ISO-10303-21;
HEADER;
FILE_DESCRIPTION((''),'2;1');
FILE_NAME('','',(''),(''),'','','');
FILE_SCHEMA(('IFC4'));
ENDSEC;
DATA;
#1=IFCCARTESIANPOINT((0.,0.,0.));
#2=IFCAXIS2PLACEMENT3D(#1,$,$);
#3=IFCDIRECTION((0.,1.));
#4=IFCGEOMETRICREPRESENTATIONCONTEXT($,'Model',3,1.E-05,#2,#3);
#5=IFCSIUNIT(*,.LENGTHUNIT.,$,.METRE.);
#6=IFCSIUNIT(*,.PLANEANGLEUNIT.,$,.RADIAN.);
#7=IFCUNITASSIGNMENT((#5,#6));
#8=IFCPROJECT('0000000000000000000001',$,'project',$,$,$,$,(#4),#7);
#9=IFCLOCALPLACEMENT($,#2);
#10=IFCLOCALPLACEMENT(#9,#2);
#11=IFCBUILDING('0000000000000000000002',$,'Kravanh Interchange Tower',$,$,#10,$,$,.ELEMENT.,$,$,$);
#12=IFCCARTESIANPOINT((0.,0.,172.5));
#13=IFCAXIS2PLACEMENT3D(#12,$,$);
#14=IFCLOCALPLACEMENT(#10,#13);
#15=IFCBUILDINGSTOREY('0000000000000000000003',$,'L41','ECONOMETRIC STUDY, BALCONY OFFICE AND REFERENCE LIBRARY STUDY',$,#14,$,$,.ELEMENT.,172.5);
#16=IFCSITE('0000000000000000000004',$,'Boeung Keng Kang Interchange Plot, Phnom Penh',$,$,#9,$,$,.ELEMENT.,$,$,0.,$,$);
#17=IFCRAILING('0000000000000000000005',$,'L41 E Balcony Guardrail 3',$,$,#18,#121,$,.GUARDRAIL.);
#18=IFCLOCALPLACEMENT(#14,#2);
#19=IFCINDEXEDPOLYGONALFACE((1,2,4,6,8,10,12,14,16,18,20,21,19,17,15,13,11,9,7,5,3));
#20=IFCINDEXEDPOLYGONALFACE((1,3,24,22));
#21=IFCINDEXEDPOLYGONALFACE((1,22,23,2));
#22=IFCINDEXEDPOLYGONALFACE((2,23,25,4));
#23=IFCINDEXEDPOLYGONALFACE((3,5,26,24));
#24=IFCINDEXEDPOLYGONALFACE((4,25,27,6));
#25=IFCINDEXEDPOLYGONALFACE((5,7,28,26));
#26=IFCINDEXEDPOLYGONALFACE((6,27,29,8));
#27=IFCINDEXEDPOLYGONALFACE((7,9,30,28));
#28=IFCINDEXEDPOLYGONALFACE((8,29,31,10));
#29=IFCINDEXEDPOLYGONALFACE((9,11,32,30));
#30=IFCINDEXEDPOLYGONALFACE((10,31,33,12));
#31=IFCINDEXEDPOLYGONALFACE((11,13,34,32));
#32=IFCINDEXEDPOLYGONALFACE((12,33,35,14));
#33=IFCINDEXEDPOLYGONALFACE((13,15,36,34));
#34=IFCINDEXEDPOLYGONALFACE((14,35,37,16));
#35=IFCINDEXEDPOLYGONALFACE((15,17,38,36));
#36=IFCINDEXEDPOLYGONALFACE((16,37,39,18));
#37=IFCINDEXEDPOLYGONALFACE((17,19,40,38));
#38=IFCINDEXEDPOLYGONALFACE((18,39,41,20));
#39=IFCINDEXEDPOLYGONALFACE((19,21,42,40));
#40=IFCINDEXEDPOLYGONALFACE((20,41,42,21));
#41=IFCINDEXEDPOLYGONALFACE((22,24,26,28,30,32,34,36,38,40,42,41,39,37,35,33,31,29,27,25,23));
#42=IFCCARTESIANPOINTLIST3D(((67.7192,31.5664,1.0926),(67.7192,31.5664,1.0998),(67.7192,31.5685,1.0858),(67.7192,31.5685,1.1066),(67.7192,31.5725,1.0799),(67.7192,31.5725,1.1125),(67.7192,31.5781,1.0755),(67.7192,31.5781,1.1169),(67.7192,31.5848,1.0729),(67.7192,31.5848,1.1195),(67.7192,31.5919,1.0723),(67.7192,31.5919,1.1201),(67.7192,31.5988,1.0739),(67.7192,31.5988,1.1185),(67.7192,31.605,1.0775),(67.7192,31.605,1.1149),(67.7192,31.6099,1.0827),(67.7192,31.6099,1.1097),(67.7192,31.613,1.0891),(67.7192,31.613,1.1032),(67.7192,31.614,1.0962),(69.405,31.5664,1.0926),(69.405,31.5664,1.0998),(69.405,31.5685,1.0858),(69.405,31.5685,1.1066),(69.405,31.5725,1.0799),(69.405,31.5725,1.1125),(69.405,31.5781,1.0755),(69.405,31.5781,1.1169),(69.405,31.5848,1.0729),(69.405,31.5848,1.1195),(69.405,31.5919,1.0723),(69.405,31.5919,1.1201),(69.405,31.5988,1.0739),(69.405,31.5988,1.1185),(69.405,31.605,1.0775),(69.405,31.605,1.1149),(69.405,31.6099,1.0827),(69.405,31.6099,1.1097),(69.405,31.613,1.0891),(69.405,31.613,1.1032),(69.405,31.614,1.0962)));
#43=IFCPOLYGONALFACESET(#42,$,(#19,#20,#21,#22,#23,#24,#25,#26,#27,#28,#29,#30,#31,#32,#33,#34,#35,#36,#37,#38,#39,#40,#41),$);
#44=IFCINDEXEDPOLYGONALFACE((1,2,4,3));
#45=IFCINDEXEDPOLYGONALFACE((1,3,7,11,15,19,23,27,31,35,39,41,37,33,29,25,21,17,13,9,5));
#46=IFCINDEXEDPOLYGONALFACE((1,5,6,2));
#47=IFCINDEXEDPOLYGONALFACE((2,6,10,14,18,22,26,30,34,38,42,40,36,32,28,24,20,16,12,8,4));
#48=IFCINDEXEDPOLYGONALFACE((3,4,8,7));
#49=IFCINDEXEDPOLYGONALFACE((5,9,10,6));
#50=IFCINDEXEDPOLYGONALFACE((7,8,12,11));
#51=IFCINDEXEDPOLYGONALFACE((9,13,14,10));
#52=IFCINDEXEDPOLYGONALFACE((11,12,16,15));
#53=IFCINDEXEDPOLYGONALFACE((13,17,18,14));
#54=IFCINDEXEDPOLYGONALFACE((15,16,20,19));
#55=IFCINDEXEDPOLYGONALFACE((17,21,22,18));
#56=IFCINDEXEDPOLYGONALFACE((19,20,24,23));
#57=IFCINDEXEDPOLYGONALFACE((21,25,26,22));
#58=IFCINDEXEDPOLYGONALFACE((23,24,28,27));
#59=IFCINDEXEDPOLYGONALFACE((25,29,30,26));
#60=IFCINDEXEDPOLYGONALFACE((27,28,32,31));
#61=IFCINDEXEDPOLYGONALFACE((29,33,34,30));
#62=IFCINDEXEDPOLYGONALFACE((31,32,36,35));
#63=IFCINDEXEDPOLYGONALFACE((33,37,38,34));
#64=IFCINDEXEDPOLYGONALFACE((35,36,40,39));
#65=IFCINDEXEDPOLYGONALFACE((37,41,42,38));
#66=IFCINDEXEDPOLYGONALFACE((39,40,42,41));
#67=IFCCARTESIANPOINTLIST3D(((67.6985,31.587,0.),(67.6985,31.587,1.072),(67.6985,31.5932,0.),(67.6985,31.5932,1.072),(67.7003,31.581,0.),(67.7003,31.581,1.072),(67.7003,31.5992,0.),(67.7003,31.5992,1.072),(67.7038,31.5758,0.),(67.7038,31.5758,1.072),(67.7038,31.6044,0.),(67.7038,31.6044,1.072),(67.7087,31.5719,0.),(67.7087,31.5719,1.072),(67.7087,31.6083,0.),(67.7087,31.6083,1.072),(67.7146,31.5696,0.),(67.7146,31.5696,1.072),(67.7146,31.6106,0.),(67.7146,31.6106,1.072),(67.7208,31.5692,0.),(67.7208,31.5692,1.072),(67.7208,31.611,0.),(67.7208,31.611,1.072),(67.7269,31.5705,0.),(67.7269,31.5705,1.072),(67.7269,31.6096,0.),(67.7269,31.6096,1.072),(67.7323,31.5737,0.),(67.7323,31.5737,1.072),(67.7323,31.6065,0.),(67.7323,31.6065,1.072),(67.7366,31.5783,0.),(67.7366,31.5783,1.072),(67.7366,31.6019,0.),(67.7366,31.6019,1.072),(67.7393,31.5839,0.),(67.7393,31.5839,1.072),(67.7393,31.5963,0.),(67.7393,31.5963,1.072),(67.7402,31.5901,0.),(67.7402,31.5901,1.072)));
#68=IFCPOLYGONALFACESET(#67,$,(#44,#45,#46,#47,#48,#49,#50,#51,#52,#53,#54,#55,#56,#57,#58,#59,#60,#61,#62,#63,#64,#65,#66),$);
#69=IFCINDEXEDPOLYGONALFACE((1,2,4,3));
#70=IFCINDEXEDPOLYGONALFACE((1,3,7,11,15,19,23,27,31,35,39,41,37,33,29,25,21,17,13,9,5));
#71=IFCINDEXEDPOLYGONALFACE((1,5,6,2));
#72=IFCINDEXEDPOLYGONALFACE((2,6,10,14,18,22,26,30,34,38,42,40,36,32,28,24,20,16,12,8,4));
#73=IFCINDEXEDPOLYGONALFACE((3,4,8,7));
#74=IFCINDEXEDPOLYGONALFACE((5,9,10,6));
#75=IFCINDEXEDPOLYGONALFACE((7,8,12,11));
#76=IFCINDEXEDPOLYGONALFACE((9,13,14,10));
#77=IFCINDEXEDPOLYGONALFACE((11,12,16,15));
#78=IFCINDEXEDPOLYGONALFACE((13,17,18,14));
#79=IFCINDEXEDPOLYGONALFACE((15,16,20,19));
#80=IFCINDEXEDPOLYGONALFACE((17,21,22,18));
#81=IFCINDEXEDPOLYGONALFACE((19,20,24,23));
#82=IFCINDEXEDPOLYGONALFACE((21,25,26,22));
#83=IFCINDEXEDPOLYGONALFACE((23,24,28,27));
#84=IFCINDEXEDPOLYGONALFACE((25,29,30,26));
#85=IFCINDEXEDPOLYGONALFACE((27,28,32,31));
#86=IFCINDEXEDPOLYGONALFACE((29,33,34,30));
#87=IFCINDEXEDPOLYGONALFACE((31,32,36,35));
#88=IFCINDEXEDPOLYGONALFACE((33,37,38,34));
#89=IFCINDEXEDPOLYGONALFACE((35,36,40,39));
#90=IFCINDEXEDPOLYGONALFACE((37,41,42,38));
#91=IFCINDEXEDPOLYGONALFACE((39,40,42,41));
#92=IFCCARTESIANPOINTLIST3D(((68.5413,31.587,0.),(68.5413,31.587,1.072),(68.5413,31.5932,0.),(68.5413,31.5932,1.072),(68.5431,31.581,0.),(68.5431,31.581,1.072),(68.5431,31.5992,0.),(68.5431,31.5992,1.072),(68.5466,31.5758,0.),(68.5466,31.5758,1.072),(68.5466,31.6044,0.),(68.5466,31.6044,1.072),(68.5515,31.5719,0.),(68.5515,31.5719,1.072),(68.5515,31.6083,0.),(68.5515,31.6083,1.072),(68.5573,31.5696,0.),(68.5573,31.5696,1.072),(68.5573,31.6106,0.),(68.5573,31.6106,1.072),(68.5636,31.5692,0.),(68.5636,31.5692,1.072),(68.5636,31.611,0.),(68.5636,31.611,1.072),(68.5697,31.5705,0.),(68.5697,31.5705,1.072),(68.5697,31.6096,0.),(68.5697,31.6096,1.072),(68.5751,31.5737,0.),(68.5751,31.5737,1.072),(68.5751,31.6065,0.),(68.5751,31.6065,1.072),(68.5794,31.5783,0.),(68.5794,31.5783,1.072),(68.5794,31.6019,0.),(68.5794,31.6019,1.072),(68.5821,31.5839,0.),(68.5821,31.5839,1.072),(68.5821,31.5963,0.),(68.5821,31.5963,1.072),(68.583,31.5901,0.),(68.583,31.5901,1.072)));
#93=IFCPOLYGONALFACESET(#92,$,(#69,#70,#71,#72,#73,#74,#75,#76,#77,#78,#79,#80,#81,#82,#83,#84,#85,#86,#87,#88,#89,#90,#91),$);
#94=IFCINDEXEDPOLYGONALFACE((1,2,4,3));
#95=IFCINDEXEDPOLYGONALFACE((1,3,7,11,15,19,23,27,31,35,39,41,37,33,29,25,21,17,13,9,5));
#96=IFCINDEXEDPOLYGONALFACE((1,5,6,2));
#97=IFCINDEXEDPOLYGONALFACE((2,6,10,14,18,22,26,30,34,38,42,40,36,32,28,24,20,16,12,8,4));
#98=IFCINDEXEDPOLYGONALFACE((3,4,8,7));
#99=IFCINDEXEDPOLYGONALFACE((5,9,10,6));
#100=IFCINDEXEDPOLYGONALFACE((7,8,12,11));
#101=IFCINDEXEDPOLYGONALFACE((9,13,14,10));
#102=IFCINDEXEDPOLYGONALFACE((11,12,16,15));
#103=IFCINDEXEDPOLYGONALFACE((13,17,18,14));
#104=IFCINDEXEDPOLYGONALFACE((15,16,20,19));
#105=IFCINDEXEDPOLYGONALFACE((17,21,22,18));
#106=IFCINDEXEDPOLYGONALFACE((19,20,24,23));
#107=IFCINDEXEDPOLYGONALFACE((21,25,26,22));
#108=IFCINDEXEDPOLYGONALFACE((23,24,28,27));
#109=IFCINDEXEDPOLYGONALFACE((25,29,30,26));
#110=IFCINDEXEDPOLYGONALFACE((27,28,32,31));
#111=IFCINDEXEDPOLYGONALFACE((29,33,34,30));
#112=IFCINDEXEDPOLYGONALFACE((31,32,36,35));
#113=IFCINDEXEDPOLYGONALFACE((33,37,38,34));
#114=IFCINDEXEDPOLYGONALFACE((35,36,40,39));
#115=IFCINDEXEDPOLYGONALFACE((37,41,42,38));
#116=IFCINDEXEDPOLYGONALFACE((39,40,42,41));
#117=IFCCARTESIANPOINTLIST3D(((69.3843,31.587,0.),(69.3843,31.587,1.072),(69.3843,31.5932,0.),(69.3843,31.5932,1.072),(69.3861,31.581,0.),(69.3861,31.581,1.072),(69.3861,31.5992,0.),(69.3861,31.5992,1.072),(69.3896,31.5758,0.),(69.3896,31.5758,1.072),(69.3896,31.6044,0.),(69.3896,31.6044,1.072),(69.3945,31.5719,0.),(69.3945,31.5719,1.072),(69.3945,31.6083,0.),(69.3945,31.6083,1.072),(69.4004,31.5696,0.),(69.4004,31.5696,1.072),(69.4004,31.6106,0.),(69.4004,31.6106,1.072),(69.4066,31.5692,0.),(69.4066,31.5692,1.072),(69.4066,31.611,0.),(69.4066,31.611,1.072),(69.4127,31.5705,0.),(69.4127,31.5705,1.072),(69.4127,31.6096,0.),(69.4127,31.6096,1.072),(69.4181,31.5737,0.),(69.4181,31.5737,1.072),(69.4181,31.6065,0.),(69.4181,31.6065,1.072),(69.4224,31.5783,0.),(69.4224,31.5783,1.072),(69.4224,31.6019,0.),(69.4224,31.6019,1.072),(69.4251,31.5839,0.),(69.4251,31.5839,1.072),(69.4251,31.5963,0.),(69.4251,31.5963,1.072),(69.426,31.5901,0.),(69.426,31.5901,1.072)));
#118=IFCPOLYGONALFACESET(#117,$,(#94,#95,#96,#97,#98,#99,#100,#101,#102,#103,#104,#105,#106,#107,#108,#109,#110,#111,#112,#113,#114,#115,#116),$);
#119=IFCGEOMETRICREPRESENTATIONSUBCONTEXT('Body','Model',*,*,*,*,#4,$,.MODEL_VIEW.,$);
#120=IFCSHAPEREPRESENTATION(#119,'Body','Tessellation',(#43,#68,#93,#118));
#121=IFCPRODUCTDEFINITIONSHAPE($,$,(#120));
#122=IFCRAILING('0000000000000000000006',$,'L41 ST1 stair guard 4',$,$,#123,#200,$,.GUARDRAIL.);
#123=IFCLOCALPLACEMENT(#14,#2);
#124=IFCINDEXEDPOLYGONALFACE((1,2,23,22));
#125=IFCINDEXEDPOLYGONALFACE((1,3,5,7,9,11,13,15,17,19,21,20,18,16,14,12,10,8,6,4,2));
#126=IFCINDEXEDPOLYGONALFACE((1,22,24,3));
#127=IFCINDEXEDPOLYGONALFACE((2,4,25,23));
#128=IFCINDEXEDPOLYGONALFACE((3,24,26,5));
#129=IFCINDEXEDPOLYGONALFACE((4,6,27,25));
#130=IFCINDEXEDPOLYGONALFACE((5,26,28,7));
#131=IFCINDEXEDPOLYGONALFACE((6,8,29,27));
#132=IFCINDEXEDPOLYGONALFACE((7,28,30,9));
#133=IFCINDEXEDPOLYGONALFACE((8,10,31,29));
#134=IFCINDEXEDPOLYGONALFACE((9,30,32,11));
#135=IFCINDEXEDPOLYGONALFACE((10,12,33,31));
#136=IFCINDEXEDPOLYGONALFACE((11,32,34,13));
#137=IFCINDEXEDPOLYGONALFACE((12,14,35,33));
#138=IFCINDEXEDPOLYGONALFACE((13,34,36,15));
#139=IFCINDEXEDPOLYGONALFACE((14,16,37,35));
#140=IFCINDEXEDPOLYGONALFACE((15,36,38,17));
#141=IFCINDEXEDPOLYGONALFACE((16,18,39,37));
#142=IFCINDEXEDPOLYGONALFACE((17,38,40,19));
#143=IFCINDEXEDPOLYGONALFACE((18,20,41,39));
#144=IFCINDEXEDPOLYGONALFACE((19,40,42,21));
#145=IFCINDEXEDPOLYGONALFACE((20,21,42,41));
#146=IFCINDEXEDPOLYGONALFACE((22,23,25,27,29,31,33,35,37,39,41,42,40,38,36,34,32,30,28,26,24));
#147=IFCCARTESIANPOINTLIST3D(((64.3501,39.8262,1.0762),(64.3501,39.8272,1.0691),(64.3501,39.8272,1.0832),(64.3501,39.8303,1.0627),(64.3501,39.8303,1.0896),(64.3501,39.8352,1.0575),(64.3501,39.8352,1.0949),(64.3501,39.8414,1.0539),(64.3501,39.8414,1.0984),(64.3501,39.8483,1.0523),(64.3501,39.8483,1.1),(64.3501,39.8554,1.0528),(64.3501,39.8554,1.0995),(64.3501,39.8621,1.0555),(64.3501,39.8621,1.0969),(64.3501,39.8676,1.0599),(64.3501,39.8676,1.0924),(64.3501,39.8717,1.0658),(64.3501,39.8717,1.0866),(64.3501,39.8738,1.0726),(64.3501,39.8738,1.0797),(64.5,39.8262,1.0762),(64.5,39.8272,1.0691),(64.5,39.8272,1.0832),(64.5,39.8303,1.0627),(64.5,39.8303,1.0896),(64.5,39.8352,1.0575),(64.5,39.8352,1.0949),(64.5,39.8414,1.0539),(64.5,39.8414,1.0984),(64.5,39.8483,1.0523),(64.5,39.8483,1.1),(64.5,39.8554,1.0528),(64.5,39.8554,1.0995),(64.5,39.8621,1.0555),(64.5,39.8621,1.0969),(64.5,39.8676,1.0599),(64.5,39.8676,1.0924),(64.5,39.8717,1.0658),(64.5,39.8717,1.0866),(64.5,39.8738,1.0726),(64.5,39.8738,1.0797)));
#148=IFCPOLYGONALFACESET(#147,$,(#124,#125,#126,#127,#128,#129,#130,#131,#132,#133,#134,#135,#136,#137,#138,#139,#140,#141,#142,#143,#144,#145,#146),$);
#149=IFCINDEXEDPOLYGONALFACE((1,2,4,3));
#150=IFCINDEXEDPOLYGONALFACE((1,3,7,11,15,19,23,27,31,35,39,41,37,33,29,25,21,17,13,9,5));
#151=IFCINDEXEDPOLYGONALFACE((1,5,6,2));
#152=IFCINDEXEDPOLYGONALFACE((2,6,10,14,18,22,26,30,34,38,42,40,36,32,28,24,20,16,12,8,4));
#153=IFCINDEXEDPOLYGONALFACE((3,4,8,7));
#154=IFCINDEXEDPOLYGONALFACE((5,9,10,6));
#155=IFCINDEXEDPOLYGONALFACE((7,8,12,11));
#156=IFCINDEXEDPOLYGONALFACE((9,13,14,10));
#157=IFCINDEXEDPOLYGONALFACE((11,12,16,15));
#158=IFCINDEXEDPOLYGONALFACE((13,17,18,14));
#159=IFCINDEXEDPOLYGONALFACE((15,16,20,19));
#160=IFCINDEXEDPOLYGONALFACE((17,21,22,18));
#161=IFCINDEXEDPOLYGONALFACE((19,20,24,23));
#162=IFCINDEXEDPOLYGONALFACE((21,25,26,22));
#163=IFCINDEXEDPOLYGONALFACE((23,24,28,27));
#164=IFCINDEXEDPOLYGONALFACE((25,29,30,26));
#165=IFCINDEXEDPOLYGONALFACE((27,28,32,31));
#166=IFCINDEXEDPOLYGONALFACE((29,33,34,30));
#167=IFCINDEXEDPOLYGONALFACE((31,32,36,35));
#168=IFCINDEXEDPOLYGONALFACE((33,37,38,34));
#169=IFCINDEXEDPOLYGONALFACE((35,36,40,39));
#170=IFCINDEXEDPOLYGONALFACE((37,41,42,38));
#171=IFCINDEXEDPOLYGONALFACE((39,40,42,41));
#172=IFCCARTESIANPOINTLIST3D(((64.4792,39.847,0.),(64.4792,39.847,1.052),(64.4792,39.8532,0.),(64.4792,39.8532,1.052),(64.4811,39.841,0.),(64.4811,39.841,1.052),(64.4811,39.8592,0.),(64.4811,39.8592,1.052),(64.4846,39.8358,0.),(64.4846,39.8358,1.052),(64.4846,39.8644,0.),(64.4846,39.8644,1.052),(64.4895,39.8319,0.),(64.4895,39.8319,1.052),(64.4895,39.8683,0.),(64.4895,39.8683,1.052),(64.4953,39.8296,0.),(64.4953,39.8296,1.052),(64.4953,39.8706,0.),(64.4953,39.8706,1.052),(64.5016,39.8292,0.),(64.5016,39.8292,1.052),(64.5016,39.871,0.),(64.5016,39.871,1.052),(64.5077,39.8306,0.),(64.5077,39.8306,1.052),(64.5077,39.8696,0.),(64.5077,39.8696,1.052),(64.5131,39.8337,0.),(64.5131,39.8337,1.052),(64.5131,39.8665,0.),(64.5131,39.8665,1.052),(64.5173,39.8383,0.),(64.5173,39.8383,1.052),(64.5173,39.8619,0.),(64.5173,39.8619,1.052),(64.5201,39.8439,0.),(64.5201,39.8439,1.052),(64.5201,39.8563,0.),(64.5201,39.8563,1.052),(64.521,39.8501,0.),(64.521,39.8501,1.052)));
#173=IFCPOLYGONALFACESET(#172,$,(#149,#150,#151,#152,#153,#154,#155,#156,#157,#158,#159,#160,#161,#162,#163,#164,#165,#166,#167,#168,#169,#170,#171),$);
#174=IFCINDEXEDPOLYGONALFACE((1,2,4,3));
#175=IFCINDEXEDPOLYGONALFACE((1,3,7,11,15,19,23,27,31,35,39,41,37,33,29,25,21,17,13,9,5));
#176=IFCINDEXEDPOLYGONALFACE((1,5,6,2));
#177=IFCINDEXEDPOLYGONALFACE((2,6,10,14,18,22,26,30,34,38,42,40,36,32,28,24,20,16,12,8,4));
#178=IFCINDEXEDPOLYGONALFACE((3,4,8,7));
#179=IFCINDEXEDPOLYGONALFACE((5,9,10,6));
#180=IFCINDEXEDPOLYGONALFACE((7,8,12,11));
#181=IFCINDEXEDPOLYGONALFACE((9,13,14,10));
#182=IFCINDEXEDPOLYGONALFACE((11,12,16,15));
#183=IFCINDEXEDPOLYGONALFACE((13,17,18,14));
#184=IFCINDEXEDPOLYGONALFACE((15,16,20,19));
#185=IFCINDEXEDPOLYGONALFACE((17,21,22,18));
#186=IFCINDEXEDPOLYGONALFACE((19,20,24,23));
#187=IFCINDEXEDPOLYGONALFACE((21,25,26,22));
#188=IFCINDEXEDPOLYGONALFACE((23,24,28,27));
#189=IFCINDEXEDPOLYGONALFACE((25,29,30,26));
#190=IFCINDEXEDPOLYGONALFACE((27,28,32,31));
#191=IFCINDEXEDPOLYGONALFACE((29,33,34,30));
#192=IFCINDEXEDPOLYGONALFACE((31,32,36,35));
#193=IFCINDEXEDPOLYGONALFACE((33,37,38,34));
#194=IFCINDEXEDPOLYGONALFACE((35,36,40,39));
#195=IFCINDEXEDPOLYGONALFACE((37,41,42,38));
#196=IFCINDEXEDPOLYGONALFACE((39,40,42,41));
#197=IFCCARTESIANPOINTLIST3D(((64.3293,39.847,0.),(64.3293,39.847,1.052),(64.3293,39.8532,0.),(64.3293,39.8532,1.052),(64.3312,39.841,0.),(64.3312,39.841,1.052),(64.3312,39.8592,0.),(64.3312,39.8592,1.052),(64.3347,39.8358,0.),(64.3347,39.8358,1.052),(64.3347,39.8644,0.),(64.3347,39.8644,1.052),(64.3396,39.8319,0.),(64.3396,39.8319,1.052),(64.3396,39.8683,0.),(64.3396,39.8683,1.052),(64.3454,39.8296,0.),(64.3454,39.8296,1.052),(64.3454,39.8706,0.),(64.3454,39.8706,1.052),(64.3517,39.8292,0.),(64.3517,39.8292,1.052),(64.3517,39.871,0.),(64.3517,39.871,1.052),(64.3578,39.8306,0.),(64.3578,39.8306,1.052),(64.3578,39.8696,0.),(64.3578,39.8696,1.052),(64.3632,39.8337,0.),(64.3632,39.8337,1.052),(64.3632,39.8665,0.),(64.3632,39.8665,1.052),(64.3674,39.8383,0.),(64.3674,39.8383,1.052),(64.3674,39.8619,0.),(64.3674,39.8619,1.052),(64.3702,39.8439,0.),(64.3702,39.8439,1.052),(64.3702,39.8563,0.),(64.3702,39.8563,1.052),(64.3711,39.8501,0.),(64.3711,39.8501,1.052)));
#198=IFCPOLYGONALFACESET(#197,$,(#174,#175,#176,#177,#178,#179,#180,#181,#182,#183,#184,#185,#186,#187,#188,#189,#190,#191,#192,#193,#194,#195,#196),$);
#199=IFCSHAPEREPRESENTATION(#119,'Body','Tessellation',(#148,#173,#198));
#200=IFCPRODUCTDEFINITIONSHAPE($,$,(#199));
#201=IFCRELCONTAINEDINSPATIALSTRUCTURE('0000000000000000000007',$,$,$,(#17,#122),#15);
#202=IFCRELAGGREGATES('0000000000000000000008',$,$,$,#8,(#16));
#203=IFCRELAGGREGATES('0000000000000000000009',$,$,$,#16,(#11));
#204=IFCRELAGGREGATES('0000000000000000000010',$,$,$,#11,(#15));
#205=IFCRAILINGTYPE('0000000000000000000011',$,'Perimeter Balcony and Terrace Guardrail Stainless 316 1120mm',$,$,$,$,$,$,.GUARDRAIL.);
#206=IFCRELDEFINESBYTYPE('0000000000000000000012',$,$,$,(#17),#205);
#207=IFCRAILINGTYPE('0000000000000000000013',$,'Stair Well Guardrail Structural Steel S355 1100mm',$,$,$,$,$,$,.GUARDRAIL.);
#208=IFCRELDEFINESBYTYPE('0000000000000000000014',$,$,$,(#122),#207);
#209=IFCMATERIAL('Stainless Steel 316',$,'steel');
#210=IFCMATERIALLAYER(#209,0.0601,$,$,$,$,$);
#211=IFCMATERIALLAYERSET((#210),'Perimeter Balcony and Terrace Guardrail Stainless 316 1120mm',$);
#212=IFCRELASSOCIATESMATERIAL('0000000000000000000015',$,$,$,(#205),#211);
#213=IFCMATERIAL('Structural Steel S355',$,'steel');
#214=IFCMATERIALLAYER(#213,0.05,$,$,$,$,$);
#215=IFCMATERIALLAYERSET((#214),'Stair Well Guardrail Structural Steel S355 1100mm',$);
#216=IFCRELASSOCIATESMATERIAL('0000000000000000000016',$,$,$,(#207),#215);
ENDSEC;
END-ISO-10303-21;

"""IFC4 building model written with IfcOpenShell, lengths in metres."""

from ifc_helpers import new_model, si_unit, direction, frame, origin, origin_2d, place, context, subcontext, project, spatial, circle, extrude, material, layer, layer_set, type_object, element, save


model = new_model("IFC4")

# Units and contexts
model_context = context("Model", 3, precision=1e-05, world=origin(), true_north=direction((0.0, 1.0)))
body_context = subcontext(model_context, "Body", "Model", "MODEL_VIEW")
ifc_project = project(units=[si_unit("LENGTHUNIT", "METRE"), si_unit("PLANEANGLEUNIT", "RADIAN")], contexts=[model_context])

# Site, building, storey
site_placement = place(None, origin())
site = spatial("IfcSite", under=ifc_project, at=site_placement, Name="Boeung Keng Kang Interchange Plot, Phnom Penh", CompositionType="ELEMENT", RefElevation=0.0)
building_placement = place(site_placement, origin())
building = spatial("IfcBuilding", under=site, at=building_placement, Name="Kravanh Interchange Tower", CompositionType="ELEMENT")
storey_placement = place(building_placement, frame((0.0, 0.0, 172.5)))
storey = spatial("IfcBuildingStorey", under=building, at=storey_placement, Name="L41", Description="ECONOMETRIC STUDY, BALCONY OFFICE AND REFERENCE LIBRARY STUDY", CompositionType="ELEMENT", Elevation=172.5)

# Railings
ifc_material_1 = material(Name="Stainless Steel 316", Category="steel")
ifc_layer_1 = layer(ifc_material_1, 0.0601)
ifc_layer_set_1 = layer_set([ifc_layer_1], Name="Perimeter Balcony and Terrace Guardrail Stainless 316 1120mm")
railing_type_1 = type_object("IfcRailingType", Name="Perimeter Balcony and Terrace Guardrail Stainless 316 1120mm", PredefinedType="GUARDRAIL", material=ifc_layer_set_1)
railing_1_placement = place(storey_placement, frame((67.7192, 31.5901, 0.0)))
element("IfcRailing", 1, at=railing_1_placement, inside=storey, type_object=railing_type_1, Name="L41 E Balcony Guardrail 3", PredefinedType="GUARDRAIL", context=body_context, shape_type="SweptSolid", body=[
    extrude(circle(Radius=0.0239, at=origin_2d()), frame((0.0, 0.0, 1.0962), z_axis=(1.0, 0.0, 0.0), x_axis=(0.0, 1.0, 0.0)), (0.0, 0.0, 1.0), 1.6858),
    extrude(circle(Radius=0.021, at=origin_2d()), origin(), (0.0, 0.0, 1.0), 1.072),
    extrude(circle(Radius=0.021, at=origin_2d()), frame((0.8428, 0.0, 0.0)), (0.0, 0.0, 1.0), 1.072),
    extrude(circle(Radius=0.021, at=origin_2d()), frame((1.6858, 0.0, 0.0)), (0.0, 0.0, 1.0), 1.072),
])
ifc_material_2 = material(Name="Structural Steel S355", Category="steel")
ifc_layer_2 = layer(ifc_material_2, 0.05)
ifc_layer_set_2 = layer_set([ifc_layer_2], Name="Stair Well Guardrail Structural Steel S355 1100mm")
railing_type_2 = type_object("IfcRailingType", Name="Stair Well Guardrail Structural Steel S355 1100mm", PredefinedType="GUARDRAIL", material=ifc_layer_set_2)
for number, where, name in (
    (2, (64.5, 39.8501, 0.0), "L41 ST1 stair guard 4"),
):
    element("IfcRailing", number, at=place(storey_placement, frame(where)), inside=storey, type_object=railing_type_2, Name=name, PredefinedType="GUARDRAIL", context=body_context, shape_type="SweptSolid", body=[
        extrude(circle(Radius=0.0239, at=origin_2d()), frame((0.0, 0.0, 1.0762), z_axis=(-1.0, 0.0, 0.0), x_axis=(0.0, -1.0, 0.0)), (0.0, 0.0, 1.0), 0.1499),
        extrude(circle(Radius=0.021, at=origin_2d()), origin(), (0.0, 0.0, 1.0), 1.052),
        extrude(circle(Radius=0.021, at=origin_2d()), frame((-0.1499, 0.0, 0.0)), (0.0, 0.0, 1.0), 1.052),
    ])

save(model, "model.ifc")
